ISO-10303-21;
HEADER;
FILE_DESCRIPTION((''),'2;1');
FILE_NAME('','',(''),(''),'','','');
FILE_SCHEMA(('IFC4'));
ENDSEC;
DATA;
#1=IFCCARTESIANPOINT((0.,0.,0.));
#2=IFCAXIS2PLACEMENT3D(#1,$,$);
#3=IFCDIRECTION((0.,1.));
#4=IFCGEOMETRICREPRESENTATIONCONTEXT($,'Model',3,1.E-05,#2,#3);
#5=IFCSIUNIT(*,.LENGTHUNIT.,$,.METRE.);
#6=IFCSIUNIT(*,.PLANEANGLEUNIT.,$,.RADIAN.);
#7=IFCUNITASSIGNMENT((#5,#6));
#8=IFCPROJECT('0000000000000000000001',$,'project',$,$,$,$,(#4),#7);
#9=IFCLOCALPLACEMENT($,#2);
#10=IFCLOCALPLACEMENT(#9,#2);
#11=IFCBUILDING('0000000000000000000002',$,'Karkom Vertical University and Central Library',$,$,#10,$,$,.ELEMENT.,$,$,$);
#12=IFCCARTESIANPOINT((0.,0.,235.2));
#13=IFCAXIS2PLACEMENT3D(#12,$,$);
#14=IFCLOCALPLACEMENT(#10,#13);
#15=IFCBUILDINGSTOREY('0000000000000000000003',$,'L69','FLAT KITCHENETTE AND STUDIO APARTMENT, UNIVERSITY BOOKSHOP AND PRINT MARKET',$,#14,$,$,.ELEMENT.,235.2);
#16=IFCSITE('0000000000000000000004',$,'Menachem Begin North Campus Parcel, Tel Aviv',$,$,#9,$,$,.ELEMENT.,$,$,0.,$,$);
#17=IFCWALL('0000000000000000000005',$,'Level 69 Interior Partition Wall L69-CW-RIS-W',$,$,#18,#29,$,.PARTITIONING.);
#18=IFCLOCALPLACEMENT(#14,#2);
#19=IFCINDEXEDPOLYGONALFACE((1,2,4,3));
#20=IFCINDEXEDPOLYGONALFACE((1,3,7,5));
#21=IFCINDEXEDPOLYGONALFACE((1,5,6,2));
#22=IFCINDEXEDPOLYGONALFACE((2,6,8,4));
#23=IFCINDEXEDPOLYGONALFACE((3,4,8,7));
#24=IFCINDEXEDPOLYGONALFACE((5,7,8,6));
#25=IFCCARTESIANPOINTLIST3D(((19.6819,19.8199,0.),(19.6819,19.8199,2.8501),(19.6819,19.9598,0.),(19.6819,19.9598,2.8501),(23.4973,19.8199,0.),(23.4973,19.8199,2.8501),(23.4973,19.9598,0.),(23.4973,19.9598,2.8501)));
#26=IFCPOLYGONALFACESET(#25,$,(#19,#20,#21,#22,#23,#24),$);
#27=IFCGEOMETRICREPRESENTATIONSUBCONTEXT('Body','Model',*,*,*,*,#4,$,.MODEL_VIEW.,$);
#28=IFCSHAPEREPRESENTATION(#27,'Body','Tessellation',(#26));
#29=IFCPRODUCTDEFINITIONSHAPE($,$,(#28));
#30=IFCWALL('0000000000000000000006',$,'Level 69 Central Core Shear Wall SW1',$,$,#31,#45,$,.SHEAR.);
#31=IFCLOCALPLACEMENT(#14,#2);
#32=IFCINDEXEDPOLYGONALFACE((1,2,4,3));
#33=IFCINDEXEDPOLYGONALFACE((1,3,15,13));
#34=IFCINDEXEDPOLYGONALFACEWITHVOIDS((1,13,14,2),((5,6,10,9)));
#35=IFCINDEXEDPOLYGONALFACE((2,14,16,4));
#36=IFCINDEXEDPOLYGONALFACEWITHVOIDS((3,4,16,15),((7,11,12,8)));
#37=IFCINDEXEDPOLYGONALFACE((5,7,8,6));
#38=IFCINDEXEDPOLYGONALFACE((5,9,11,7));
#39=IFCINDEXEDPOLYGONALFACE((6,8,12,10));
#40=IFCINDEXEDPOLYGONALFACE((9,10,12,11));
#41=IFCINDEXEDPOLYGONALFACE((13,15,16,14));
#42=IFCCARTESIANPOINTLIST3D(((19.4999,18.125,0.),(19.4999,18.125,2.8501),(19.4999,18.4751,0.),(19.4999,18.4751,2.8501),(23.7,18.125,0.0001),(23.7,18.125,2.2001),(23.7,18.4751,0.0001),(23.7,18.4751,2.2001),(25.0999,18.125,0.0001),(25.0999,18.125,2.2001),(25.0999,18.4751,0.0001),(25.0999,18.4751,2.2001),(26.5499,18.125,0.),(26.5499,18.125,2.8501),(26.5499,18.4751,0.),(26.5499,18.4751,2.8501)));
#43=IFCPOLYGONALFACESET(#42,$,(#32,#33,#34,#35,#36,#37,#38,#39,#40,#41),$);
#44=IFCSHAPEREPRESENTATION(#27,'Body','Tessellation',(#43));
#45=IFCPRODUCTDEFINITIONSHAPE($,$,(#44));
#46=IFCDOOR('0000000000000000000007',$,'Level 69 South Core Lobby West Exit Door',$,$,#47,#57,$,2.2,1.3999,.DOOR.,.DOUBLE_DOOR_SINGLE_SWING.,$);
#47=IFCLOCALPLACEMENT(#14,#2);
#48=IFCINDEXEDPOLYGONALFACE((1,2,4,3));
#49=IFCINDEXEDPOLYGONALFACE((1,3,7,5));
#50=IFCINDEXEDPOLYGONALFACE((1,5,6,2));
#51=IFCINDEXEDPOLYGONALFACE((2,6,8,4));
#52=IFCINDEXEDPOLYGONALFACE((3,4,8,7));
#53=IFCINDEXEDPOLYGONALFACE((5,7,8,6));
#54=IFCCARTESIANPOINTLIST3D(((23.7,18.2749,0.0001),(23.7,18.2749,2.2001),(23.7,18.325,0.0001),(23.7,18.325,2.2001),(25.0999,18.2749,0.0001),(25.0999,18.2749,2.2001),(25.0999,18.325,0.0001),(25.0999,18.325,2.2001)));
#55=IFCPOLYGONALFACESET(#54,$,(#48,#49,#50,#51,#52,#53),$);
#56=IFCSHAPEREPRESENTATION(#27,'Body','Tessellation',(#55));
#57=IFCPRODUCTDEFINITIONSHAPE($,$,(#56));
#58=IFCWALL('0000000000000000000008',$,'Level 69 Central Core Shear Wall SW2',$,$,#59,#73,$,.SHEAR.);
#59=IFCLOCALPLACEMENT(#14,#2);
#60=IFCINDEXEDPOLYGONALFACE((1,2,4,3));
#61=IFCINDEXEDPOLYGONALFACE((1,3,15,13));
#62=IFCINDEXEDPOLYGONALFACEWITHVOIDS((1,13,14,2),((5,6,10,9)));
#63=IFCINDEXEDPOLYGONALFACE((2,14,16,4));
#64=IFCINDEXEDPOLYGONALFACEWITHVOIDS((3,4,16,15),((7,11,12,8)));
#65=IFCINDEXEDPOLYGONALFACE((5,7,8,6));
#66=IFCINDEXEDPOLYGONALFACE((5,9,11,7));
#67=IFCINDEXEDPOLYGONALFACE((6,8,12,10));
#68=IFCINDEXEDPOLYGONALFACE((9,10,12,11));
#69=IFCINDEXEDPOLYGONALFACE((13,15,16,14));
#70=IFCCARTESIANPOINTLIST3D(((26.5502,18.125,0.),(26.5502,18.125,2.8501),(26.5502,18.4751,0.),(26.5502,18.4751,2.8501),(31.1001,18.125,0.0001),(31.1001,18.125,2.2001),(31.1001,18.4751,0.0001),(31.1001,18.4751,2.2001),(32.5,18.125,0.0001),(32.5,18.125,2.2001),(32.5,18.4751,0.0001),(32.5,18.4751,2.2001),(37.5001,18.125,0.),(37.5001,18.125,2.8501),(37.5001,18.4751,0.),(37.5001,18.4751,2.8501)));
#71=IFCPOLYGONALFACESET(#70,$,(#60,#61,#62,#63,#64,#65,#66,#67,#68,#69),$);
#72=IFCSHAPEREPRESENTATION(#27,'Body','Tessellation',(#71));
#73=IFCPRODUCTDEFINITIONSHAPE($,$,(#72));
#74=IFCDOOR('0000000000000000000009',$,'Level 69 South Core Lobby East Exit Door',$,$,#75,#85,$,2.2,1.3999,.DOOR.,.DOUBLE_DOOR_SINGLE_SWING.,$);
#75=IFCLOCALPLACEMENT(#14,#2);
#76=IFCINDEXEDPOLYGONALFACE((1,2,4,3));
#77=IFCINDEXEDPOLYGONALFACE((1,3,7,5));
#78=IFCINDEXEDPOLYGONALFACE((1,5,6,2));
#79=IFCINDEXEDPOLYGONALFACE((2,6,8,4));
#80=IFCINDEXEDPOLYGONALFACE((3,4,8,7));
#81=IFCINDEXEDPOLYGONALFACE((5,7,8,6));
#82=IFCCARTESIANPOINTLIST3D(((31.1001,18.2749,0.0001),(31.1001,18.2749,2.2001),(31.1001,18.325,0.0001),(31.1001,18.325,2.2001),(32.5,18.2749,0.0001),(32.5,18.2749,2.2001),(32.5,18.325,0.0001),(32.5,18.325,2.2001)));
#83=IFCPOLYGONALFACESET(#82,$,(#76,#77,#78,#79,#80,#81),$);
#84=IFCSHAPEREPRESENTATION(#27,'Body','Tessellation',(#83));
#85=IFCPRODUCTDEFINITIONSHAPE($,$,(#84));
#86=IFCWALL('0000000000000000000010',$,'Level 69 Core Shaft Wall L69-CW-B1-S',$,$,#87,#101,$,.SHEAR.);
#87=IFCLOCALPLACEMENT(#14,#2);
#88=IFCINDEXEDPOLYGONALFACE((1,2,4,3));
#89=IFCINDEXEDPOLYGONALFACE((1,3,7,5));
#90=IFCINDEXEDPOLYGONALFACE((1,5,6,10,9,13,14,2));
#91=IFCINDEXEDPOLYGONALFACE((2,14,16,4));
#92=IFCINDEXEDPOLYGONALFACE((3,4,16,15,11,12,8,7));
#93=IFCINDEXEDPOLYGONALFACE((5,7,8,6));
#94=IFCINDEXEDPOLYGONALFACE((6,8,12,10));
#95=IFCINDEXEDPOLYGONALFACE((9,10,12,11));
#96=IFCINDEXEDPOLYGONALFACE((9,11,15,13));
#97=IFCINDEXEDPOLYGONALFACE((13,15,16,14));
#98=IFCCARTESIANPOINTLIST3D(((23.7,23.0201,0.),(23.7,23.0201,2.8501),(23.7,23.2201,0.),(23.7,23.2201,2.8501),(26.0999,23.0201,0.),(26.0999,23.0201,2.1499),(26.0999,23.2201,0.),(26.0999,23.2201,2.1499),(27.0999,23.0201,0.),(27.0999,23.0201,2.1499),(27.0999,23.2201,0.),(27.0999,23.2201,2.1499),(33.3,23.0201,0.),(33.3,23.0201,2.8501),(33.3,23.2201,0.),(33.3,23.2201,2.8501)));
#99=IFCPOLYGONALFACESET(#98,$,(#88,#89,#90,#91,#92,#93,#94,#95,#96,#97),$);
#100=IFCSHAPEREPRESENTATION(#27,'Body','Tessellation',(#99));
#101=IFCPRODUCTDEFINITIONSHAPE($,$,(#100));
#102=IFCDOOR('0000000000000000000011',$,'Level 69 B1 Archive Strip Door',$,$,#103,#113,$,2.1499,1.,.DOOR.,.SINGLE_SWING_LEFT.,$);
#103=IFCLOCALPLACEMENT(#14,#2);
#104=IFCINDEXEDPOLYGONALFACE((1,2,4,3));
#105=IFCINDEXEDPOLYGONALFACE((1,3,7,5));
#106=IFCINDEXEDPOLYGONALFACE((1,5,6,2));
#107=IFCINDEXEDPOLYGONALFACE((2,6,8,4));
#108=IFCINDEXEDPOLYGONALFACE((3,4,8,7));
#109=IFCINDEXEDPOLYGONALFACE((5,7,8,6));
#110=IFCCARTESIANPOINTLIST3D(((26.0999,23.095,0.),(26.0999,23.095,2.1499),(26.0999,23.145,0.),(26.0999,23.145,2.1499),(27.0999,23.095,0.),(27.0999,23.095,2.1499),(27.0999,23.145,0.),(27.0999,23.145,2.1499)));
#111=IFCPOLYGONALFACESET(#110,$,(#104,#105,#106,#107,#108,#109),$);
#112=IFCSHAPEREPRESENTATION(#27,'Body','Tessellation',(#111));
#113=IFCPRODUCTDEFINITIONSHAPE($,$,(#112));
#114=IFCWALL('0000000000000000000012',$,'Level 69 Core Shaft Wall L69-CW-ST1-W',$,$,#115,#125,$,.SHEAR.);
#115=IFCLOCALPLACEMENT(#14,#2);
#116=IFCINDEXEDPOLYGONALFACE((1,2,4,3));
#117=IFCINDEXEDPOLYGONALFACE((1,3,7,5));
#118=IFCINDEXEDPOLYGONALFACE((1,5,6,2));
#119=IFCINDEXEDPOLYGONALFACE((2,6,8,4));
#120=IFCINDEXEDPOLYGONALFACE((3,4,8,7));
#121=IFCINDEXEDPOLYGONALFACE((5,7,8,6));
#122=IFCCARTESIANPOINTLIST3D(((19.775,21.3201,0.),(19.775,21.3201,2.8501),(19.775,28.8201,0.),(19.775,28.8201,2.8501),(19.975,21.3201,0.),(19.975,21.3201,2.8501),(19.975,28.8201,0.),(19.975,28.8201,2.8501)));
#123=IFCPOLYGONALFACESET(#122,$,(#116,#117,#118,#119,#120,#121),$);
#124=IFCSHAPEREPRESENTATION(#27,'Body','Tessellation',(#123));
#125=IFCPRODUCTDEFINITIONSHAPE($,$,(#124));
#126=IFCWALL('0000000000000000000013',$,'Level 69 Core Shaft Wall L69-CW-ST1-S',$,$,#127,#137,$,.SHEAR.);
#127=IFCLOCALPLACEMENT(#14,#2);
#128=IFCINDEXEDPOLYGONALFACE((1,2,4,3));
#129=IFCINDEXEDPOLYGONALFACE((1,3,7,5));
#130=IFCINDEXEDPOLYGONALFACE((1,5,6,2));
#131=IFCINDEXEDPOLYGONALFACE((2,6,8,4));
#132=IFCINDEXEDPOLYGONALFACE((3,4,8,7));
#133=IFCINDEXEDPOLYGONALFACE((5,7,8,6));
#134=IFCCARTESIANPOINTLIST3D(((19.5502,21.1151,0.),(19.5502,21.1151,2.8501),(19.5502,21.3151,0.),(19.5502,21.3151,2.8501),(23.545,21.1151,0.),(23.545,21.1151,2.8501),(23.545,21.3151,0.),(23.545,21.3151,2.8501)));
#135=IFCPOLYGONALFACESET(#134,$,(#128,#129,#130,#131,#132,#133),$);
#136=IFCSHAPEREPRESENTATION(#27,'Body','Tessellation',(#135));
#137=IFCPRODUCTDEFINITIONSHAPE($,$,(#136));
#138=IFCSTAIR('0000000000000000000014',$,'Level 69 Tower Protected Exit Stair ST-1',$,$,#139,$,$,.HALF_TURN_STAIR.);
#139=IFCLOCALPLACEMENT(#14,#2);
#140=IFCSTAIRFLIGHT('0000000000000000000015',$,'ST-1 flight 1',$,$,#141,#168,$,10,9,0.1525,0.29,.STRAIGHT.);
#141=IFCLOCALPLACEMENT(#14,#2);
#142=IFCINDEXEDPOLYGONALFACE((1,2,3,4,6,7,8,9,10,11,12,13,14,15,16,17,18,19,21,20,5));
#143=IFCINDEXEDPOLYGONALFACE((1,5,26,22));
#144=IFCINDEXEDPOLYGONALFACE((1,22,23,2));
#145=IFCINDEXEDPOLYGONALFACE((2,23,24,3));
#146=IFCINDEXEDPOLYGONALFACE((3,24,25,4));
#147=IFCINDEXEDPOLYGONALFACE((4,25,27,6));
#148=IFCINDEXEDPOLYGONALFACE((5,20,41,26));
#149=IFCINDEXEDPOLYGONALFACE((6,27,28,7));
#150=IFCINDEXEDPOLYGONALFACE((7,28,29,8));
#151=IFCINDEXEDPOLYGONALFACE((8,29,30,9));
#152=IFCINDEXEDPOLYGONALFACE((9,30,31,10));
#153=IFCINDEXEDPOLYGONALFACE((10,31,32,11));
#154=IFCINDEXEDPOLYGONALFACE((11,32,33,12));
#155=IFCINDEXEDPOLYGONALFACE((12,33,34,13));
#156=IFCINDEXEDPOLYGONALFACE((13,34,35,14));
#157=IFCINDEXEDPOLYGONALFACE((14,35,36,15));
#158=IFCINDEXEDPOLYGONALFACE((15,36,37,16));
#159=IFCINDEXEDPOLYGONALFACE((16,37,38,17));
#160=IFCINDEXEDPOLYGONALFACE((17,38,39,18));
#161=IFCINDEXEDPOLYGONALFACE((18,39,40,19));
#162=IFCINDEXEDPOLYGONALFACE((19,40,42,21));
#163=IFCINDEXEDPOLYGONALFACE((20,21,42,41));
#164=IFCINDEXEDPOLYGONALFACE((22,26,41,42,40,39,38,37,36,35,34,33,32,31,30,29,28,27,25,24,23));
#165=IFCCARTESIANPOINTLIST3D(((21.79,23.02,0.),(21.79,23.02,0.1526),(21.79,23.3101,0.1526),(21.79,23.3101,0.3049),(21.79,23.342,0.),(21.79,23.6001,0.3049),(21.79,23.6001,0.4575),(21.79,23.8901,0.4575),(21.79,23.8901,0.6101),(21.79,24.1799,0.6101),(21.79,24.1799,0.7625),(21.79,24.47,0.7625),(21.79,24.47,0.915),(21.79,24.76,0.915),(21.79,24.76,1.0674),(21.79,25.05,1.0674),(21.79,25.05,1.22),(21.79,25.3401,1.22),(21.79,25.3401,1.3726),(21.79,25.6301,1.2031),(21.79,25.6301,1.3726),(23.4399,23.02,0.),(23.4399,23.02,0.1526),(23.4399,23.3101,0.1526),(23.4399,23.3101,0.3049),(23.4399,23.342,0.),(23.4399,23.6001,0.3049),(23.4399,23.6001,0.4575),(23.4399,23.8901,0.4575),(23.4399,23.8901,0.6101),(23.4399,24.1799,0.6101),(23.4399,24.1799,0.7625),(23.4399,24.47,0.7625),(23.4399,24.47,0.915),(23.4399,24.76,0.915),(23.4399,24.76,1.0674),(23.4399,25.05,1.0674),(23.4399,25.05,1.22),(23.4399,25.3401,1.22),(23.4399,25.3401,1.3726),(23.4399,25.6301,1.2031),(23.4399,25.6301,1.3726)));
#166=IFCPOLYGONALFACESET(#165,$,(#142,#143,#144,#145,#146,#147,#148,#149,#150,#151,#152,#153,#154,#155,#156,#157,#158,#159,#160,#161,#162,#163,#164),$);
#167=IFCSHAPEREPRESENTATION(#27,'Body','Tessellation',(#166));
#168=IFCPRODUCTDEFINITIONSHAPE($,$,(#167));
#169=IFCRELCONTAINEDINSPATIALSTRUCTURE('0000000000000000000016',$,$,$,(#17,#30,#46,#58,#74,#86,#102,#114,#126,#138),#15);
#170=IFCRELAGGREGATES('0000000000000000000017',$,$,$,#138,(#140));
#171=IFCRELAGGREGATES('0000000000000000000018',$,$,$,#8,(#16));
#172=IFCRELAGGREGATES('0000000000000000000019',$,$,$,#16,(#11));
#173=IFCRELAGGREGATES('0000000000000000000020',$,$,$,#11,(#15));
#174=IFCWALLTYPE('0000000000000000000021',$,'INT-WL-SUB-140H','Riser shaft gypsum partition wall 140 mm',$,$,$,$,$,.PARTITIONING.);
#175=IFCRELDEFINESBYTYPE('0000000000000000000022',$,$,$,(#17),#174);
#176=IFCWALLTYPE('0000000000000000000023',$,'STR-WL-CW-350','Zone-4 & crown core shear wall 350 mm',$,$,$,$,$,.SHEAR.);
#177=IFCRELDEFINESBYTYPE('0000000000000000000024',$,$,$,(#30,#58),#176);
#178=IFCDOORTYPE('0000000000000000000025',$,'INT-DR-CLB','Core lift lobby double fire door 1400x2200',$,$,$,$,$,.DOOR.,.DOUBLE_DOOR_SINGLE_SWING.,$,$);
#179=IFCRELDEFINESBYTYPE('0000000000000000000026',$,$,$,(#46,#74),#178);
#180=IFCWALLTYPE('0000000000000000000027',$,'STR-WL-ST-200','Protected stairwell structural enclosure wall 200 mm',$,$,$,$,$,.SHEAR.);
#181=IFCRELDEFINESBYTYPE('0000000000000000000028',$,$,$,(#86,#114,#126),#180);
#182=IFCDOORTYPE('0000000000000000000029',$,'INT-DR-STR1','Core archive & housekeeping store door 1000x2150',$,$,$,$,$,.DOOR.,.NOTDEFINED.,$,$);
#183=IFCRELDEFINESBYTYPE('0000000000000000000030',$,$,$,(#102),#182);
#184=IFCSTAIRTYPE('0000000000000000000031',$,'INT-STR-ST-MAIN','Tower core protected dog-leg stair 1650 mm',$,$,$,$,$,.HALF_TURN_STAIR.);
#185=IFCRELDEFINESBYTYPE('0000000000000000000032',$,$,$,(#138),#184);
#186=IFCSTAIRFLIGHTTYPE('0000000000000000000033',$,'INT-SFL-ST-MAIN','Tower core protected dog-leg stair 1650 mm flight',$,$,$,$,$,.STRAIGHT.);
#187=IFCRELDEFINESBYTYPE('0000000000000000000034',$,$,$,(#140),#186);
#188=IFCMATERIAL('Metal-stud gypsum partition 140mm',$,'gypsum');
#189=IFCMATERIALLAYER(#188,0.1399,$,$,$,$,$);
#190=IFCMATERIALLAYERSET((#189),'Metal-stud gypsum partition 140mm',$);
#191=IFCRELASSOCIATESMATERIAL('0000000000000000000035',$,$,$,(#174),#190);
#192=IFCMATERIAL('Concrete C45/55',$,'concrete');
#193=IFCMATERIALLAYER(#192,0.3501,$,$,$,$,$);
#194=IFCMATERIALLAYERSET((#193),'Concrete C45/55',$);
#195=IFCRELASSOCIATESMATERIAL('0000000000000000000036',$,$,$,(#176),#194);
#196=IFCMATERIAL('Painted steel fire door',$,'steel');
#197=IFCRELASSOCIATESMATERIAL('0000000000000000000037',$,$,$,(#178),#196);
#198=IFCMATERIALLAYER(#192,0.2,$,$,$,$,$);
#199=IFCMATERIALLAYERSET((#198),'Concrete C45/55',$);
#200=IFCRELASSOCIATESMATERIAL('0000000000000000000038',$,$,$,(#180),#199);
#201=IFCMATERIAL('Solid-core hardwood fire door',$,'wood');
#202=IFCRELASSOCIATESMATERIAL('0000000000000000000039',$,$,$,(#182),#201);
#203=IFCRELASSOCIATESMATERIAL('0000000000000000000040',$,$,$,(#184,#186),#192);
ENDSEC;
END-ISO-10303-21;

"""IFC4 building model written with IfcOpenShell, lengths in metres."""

from ifc_helpers import new_model, si_unit, direction, frame, frame_2d, origin, origin_with_axes, place, context, subcontext, project, spatial, polyline, rectangle, outline, extrude, source, transform, mapped, material, layer, layer_set, type_object, element, fill, aggregate, save


model = new_model("IFC4")

# Units and contexts
model_context = context("Model", 3, precision=1e-05, world=origin(), true_north=direction((0.0, 1.0)))
body_context = subcontext(model_context, "Body", "Model", "MODEL_VIEW")
ifc_project = project(units=[si_unit("LENGTHUNIT", "METRE"), si_unit("PLANEANGLEUNIT", "RADIAN")], contexts=[model_context])

# Site, building, storey
site_placement = place(None, origin())
site = spatial("IfcSite", under=ifc_project, at=site_placement, Name="Menachem Begin North Campus Parcel, Tel Aviv", CompositionType="ELEMENT", RefElevation=0.0)
building_placement = place(site_placement, origin())
building = spatial("IfcBuilding", under=site, at=building_placement, Name="Karkom Vertical University and Central Library", CompositionType="ELEMENT")
storey_placement = place(building_placement, frame((0.0, 0.0, 235.2)))
storey = spatial("IfcBuildingStorey", under=building, at=storey_placement, Name="L69", Description="FLAT KITCHENETTE AND STUDIO APARTMENT, UNIVERSITY BOOKSHOP AND PRINT MARKET", CompositionType="ELEMENT", Elevation=235.2)

# Shared definitions
ifc_material_1 = material(Name="Concrete C45/55", Category="concrete")

# Wall
ifc_material_2 = material(Name="Metal-stud gypsum partition 140mm", Category="gypsum")
ifc_layer_1 = layer(ifc_material_2, 0.1399)
ifc_layer_set_1 = layer_set([ifc_layer_1], Name="Metal-stud gypsum partition 140mm")
wall_type_1 = type_object("IfcWallType", Name="INT-WL-SUB-140H", Description="Riser shaft gypsum partition wall 140 mm", PredefinedType="PARTITIONING", material=ifc_layer_set_1)
wall_1_placement = place(storey_placement, frame((19.6819, 19.8899, 0.0), z_axis=(0.0, 0.0, 1.0), x_axis=(1.0, 0.0, 0.0)))
element("IfcWall", 1, at=wall_1_placement, inside=storey, type_object=wall_type_1, Name="Level 69 Interior Partition Wall L69-CW-RIS-W", PredefinedType="PARTITIONING", context=body_context, shape_type="SweptSolid", body=[
    extrude(rectangle(XDim=3.8154, YDim=0.1399, at=frame_2d((1.9077, 0.0))), origin(), (0.0, 0.0, 1.0), 2.8501),
])

# Walls, openings, doors
ifc_layer_2 = layer(ifc_material_1, 0.3501)
ifc_layer_set_2 = layer_set([ifc_layer_2], Name="Concrete C45/55")
wall_type_2 = type_object("IfcWallType", Name="STR-WL-CW-350", Description="Zone-4 & crown core shear wall 350 mm", PredefinedType="SHEAR", material=ifc_layer_set_2)
wall_2_placement = place(storey_placement, frame((19.5, 18.3, 0.0), z_axis=(0.0, 0.0, 1.0), x_axis=(1.0, 0.0, 0.0)))
wall_2 = element("IfcWall", 2, at=wall_2_placement, inside=storey, type_object=wall_type_2, Name="Level 69 Central Core Shear Wall SW1", PredefinedType="SHEAR", context=body_context, shape_type="SweptSolid", body=[
    extrude(rectangle(XDim=7.05, YDim=0.3501, at=frame_2d((3.5249, 0.0))), origin(), (0.0, 0.0, 1.0), 2.8501),
])
opening_1_placement = place(wall_2_placement, frame((4.2, 0.0, 0.0)))
opening_1 = element("IfcOpeningElement", 3, at=opening_1_placement, cuts=wall_2, PredefinedType="OPENING", context=body_context, shape_type="SweptSolid", body=[
    extrude(rectangle(XDim=1.3999, YDim=2.2, at=frame_2d((0.7, 1.1001))), frame((0.0, 0.1851, 0.0), z_axis=(0.0, -1.0, 0.0), x_axis=(1.0, 0.0, 0.0)), (0.0, 0.0, 1.0), 0.3701),
])
ifc_material_3 = material(Name="Painted steel fire door", Category="steel")
door_type_1 = type_object("IfcDoorType", Name="INT-DR-CLB", Description="Core lift lobby double fire door 1400x2200", OperationType="DOUBLE_DOOR_SINGLE_SWING", PredefinedType="DOOR", material=ifc_material_3)
shared_shape_1 = source(origin_with_axes(), body_context, "Body", "SweptSolid", [
    extrude(rectangle(XDim=1.3999, YDim=2.2, at=frame_2d((0.7, 1.1001))), frame((0.0, 0.0249, 0.0), z_axis=(0.0, -1.0, 0.0), x_axis=(1.0, 0.0, 0.0)), (0.0, 0.0, 1.0), 0.05),
])
door_1_placement = place(opening_1_placement, origin())
door_1 = element("IfcDoor", 4, at=door_1_placement, inside=storey, type_object=door_type_1, Name="Level 69 South Core Lobby West Exit Door", OperationType="DOUBLE_DOOR_SINGLE_SWING", OverallHeight=2.2, OverallWidth=1.3999, PredefinedType="DOOR", context=body_context, shape_type="MappedRepresentation", body=[
    mapped(shared_shape_1, transform((0.0, 0.0, 0.0), scale=1.0)),
])
fill(opening_1, door_1)
wall_3_placement = place(storey_placement, frame((26.55, 18.3, 0.0), z_axis=(0.0, 0.0, 1.0), x_axis=(1.0, 0.0, 0.0)))
wall_3 = element("IfcWall", 5, at=wall_3_placement, inside=storey, type_object=wall_type_2, Name="Level 69 Central Core Shear Wall SW2", PredefinedType="SHEAR", context=body_context, shape_type="SweptSolid", body=[
    extrude(rectangle(XDim=10.95, YDim=0.3501, at=frame_2d((5.4751, 0.0))), origin(), (0.0, 0.0, 1.0), 2.8501),
])
opening_2_placement = place(wall_3_placement, frame((4.55, 0.0, 0.0)))
opening_2 = element("IfcOpeningElement", 6, at=opening_2_placement, cuts=wall_3, PredefinedType="OPENING", context=body_context, shape_type="SweptSolid", body=[
    extrude(rectangle(XDim=1.3999, YDim=2.2, at=frame_2d((0.7, 1.1001))), frame((0.0, 0.1851, 0.0), z_axis=(0.0, -1.0, 0.0), x_axis=(1.0, 0.0, 0.0)), (0.0, 0.0, 1.0), 0.3701),
])
door_2_placement = place(opening_2_placement, origin())
door_2 = element("IfcDoor", 7, at=door_2_placement, inside=storey, type_object=door_type_1, Name="Level 69 South Core Lobby East Exit Door", OperationType="DOUBLE_DOOR_SINGLE_SWING", OverallHeight=2.2, OverallWidth=1.3999, PredefinedType="DOOR", context=body_context, shape_type="MappedRepresentation", body=[
    mapped(shared_shape_1, transform((0.0, 0.0, 0.0), scale=1.0)),
])
fill(opening_2, door_2)

# Shared definitions
ifc_layer_3 = layer(ifc_material_1, 0.2)
ifc_layer_set_3 = layer_set([ifc_layer_3], Name="Concrete C45/55")
wall_type_3 = type_object("IfcWallType", Name="STR-WL-ST-200", Description="Protected stairwell structural enclosure wall 200 mm", PredefinedType="SHEAR", material=ifc_layer_set_3)

# Wall, opening, door
wall_4_placement = place(storey_placement, frame((23.7, 23.1201, 0.0), z_axis=(0.0, 0.0, 1.0), x_axis=(1.0, 0.0, 0.0)))
wall_4 = element("IfcWall", 8, at=wall_4_placement, inside=storey, type_object=wall_type_3, Name="Level 69 Core Shaft Wall L69-CW-B1-S", PredefinedType="SHEAR", context=body_context, shape_type="SweptSolid", body=[
    extrude(rectangle(XDim=9.6001, YDim=0.2, at=frame_2d((4.8, 0.0))), origin(), (0.0, 0.0, 1.0), 2.8501),
])
opening_3_placement = place(wall_4_placement, frame((2.3999, 0.0, 0.0)))
opening_3 = element("IfcOpeningElement", 9, at=opening_3_placement, cuts=wall_4, PredefinedType="OPENING", context=body_context, shape_type="SweptSolid", body=[
    extrude(rectangle(XDim=1.0, YDim=2.1499, at=frame_2d((0.5, 1.075))), frame((0.0, 0.1099, 0.0), z_axis=(0.0, -1.0, 0.0), x_axis=(1.0, 0.0, 0.0)), (0.0, 0.0, 1.0), 0.22),
])
ifc_material_4 = material(Name="Solid-core hardwood fire door", Category="wood")
door_type_2 = type_object("IfcDoorType", Name="INT-DR-STR1", Description="Core archive & housekeeping store door 1000x2150", OperationType="NOTDEFINED", PredefinedType="DOOR", material=ifc_material_4)
shared_shape_2 = source(origin_with_axes(), body_context, "Body", "SweptSolid", [
    extrude(rectangle(XDim=1.0, YDim=2.1499, at=frame_2d((0.5, 1.075))), frame((0.0, 0.0249, 0.0), z_axis=(0.0, -1.0, 0.0), x_axis=(1.0, 0.0, 0.0)), (0.0, 0.0, 1.0), 0.05),
])
door_3_placement = place(opening_3_placement, origin())
door_3 = element("IfcDoor", 10, at=door_3_placement, inside=storey, type_object=door_type_2, Name="Level 69 B1 Archive Strip Door", OperationType="SINGLE_SWING_LEFT", OverallHeight=2.1499, OverallWidth=1.0, PredefinedType="DOOR", context=body_context, shape_type="MappedRepresentation", body=[
    mapped(shared_shape_2, transform((0.0, 0.0, 0.0), scale=1.0)),
])
fill(opening_3, door_3)

# Walls
wall_5_placement = place(storey_placement, frame((19.875, 21.3201, 0.0), z_axis=(0.0, 0.0, 1.0), x_axis=(0.0, 1.0, 0.0)))
element("IfcWall", 11, at=wall_5_placement, inside=storey, type_object=wall_type_3, Name="Level 69 Core Shaft Wall L69-CW-ST1-W", PredefinedType="SHEAR", context=body_context, shape_type="SweptSolid", body=[
    extrude(rectangle(XDim=7.5, YDim=0.2, at=frame_2d((3.75, 0.0))), origin(), (0.0, 0.0, 1.0), 2.8501),
])
wall_6_placement = place(storey_placement, frame((19.55, 21.2151, 0.0), z_axis=(0.0, 0.0, 1.0), x_axis=(1.0, 0.0, 0.0)))
element("IfcWall", 12, at=wall_6_placement, inside=storey, type_object=wall_type_3, Name="Level 69 Core Shaft Wall L69-CW-ST1-S", PredefinedType="SHEAR", context=body_context, shape_type="SweptSolid", body=[
    extrude(rectangle(XDim=3.9949, YDim=0.2, at=frame_2d((1.9976, 0.0))), origin(), (0.0, 0.0, 1.0), 2.8501),
])

# Stair, stair flight
stair_type = type_object("IfcStairType", Name="INT-STR-ST-MAIN", Description="Tower core protected dog-leg stair 1650 mm", PredefinedType="HALF_TURN_STAIR", material=ifc_material_1)
stair_placement = place(storey_placement, origin())
stair = element("IfcStair", 13, at=stair_placement, inside=storey, type_object=stair_type, Name="Level 69 Tower Protected Exit Stair ST-1", PredefinedType="HALF_TURN_STAIR")
stair_flight_type = type_object("IfcStairFlightType", Name="INT-SFL-ST-MAIN", Description="Tower core protected dog-leg stair 1650 mm flight", PredefinedType="STRAIGHT", material=ifc_material_1)
stair_flight_placement = place(storey_placement, frame((22.615, 23.02, 0.0), z_axis=(0.0, 0.0, 1.0), x_axis=(0.0, 1.0, 0.0)))
stair_flight = element("IfcStairFlight", 14, at=stair_flight_placement, type_object=stair_flight_type, Name="ST-1 flight 1", NumberOfRisers=10, NumberOfTreads=9, PredefinedType="STRAIGHT", RiserHeight=0.1525, TreadLength=0.29, context=body_context, shape_type="SweptSolid", body=[
    extrude(outline(polyline([(0.0, 0.0), (0.0, 0.1526), (0.29, 0.1526), (0.29, 0.3049), (0.5801, 0.3049), (0.5801, 0.4575), (0.8701, 0.4575), (0.8701, 0.6101), (1.1599, 0.6101), (1.1599, 0.7625), (1.45, 0.7625), (1.45, 0.915), (1.74, 0.915), (1.74, 1.0674), (2.03, 1.0674), (2.03, 1.22), (2.3201, 1.22), (2.3201, 1.3726), (2.6101, 1.3726), (2.6101, 1.5249), (2.6101, 1.2031), (0.322, 0.0), (0.0, 0.0)])), frame((0.0, 0.825, 0.0), z_axis=(0.0, -1.0, 0.0), x_axis=(1.0, 0.0, 0.0)), (0.0, 0.0, 1.0), 1.6499),
])
aggregate(stair, [stair_flight])

save(model, "model.ifc")
